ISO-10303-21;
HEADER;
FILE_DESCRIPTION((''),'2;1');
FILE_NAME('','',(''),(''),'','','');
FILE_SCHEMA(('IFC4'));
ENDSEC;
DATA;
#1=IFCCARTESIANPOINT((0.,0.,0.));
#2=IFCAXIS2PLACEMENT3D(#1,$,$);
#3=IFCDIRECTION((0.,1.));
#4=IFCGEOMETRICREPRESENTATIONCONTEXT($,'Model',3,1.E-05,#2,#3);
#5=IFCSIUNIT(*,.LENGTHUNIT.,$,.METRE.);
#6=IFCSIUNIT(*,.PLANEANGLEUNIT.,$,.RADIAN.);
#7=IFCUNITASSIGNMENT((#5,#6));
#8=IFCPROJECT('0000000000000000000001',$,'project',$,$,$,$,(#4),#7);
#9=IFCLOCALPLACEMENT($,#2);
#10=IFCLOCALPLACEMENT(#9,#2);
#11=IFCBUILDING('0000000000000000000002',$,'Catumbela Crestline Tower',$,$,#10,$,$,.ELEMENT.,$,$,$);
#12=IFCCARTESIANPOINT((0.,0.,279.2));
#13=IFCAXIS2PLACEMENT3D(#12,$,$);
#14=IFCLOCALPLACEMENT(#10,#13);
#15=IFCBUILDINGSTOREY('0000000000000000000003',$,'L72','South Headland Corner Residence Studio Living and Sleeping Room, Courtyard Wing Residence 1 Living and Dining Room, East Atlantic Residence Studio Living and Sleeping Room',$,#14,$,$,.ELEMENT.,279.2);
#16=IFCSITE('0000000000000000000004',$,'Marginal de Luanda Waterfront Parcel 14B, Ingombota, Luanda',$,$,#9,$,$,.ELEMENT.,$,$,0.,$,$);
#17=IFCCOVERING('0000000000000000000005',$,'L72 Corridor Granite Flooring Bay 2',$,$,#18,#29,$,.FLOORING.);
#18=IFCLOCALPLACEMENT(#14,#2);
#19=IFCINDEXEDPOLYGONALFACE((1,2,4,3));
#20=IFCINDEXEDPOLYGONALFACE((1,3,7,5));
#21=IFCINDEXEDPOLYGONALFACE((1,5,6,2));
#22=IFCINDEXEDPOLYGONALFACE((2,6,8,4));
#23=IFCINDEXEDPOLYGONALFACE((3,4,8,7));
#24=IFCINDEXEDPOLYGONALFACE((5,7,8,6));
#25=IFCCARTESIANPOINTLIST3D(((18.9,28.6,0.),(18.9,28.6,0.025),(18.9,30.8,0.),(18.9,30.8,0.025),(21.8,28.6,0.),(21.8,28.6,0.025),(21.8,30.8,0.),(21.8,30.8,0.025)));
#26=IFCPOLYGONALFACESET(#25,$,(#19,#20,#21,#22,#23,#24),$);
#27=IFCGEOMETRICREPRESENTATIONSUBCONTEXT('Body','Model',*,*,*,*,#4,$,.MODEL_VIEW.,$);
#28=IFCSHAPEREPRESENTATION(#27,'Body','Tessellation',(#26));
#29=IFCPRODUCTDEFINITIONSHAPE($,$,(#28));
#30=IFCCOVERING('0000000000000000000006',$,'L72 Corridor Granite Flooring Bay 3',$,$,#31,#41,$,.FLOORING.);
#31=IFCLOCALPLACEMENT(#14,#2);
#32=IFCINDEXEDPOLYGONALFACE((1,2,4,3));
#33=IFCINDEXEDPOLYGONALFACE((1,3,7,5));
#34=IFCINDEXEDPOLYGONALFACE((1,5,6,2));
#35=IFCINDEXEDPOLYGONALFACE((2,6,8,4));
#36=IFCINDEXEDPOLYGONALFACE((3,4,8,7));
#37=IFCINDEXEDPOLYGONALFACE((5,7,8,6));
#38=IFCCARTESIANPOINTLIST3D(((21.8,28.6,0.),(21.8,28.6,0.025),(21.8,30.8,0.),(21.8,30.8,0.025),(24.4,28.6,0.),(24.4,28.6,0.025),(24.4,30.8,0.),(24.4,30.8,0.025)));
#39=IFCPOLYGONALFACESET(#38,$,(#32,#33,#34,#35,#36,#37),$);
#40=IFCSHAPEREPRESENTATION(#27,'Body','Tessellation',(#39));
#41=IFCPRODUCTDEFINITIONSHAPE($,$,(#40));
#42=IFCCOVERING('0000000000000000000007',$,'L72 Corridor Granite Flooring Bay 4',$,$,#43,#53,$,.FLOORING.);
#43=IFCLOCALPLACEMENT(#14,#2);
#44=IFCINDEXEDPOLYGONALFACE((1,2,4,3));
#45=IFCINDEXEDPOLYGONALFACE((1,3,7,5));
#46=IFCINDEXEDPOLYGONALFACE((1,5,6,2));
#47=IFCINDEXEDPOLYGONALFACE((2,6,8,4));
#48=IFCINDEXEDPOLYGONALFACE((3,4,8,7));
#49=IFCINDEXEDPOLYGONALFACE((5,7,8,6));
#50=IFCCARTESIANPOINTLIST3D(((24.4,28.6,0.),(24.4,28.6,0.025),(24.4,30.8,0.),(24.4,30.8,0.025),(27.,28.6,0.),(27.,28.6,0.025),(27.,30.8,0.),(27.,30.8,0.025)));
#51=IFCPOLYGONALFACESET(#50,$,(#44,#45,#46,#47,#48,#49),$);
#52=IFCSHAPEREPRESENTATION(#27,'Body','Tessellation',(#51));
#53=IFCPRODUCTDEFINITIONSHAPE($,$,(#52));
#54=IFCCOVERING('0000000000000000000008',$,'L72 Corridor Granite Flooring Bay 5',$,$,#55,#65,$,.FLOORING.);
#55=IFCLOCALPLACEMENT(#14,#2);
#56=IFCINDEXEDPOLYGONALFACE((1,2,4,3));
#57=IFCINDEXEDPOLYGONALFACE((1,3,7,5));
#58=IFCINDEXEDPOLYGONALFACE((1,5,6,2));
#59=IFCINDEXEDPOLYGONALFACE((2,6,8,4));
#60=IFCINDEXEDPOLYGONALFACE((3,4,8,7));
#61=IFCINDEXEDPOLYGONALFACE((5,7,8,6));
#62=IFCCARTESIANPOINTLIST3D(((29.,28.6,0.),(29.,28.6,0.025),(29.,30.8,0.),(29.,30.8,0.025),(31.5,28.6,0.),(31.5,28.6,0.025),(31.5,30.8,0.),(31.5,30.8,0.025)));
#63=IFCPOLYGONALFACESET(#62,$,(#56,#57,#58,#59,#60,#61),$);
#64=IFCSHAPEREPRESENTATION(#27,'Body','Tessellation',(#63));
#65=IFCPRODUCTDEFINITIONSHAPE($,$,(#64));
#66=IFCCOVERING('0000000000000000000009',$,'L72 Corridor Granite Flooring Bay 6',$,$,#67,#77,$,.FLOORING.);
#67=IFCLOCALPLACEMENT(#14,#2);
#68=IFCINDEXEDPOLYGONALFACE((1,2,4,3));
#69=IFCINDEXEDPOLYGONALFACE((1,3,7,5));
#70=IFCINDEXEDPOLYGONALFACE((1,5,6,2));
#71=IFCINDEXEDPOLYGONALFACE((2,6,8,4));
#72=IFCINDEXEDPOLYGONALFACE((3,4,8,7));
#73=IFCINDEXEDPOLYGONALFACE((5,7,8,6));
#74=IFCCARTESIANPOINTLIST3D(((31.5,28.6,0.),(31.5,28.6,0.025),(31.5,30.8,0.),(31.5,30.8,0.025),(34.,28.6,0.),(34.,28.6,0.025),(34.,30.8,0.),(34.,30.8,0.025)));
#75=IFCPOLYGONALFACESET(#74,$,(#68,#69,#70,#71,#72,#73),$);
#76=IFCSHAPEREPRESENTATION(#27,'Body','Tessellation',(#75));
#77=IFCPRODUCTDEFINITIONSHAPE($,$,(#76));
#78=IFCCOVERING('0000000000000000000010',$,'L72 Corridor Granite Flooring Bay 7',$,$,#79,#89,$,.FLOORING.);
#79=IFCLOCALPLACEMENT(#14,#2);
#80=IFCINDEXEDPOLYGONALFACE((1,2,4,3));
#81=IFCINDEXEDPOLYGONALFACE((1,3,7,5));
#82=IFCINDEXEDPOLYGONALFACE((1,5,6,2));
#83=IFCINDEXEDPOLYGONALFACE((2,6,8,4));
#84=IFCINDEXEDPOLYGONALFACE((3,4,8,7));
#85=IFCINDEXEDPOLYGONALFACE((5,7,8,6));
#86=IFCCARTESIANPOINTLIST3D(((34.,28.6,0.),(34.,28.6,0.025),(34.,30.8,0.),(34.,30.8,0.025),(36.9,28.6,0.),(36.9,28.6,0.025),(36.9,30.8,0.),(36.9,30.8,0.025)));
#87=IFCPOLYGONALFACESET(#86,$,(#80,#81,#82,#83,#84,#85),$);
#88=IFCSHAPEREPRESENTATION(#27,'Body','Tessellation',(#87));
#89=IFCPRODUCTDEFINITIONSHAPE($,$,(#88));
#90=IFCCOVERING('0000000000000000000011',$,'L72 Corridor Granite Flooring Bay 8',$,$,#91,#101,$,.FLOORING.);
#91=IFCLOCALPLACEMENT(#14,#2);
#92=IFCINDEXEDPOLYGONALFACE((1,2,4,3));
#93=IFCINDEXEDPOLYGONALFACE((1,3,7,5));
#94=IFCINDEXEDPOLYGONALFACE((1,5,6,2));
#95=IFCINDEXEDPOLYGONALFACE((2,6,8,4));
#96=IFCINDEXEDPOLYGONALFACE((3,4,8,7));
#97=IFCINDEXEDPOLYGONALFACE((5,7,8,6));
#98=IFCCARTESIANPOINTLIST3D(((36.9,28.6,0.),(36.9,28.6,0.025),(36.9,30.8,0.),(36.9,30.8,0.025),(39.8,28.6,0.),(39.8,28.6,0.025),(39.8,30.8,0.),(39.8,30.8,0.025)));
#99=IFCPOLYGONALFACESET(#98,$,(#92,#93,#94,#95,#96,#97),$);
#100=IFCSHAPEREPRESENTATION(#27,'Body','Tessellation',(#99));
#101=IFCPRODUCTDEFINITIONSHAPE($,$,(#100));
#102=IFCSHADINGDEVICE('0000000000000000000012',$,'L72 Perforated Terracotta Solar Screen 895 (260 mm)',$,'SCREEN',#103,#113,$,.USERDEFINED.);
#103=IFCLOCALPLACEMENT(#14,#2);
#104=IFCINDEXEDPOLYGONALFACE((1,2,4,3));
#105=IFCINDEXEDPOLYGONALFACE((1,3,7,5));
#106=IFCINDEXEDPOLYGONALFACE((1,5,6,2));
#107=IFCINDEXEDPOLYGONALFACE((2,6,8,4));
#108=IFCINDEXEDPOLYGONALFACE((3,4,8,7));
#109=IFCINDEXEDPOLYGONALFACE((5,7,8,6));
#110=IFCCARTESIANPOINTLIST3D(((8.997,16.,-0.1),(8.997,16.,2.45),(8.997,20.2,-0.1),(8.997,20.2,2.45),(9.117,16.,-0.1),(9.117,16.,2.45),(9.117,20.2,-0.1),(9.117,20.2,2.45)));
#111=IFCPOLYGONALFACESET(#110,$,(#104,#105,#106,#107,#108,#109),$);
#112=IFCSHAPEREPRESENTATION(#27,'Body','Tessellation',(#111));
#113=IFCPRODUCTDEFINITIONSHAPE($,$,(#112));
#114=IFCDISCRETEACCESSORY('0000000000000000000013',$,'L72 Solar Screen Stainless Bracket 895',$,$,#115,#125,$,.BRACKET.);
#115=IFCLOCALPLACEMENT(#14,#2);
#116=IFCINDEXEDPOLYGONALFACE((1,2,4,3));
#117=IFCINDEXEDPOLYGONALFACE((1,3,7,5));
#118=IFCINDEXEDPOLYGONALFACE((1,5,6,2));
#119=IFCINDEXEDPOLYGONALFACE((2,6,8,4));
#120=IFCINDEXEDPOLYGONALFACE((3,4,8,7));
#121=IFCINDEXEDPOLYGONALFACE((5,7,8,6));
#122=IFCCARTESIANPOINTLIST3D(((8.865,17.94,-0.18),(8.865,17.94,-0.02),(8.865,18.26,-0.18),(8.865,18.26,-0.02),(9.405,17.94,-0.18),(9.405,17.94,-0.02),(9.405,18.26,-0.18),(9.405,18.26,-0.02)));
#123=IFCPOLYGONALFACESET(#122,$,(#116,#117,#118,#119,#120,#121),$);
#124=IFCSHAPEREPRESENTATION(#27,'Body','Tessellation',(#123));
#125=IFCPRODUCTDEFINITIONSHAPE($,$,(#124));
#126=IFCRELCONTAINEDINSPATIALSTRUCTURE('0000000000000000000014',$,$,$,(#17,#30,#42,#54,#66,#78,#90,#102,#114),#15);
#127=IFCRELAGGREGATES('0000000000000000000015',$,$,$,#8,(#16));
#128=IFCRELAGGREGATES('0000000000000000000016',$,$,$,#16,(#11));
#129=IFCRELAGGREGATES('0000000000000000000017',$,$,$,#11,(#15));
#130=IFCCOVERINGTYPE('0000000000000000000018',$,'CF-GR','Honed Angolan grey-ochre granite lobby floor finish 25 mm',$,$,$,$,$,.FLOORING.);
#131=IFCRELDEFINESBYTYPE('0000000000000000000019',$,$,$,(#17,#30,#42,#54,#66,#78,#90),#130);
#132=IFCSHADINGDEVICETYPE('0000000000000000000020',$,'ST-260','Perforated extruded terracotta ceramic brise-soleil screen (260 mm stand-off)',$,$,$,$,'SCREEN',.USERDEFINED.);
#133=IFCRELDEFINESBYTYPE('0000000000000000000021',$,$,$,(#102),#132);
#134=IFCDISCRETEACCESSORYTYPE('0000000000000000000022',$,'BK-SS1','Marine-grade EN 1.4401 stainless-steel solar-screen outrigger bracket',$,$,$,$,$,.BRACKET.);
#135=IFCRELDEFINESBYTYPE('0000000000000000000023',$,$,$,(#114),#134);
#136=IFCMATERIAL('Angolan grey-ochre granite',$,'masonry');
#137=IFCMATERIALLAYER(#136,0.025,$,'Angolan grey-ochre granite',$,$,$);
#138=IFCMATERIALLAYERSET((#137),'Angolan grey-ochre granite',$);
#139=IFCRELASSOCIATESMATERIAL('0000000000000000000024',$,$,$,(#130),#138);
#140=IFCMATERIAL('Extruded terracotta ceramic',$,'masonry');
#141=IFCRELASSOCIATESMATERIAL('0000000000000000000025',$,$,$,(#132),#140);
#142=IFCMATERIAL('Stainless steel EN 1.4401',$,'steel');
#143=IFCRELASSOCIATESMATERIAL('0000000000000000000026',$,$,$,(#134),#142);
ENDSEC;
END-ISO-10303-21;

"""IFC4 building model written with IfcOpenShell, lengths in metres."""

from ifc_helpers import new_model, si_unit, direction, frame, origin, origin_2d, place, context, subcontext, project, spatial, polyline, rectangle, outline, extrude, material, layer, layer_set, type_object, element, save


model = new_model("IFC4")

# Units and contexts
model_context = context("Model", 3, precision=1e-05, world=origin(), true_north=direction((0.0, 1.0)))
body_context = subcontext(model_context, "Body", "Model", "MODEL_VIEW")
ifc_project = project(units=[si_unit("LENGTHUNIT", "METRE"), si_unit("PLANEANGLEUNIT", "RADIAN")], contexts=[model_context])

# Site, building, storey
site_placement = place(None, origin())
site = spatial("IfcSite", under=ifc_project, at=site_placement, Name="Marginal de Luanda Waterfront Parcel 14B, Ingombota, Luanda", CompositionType="ELEMENT", RefElevation=0.0)
building_placement = place(site_placement, origin())
building = spatial("IfcBuilding", under=site, at=building_placement, Name="Catumbela Crestline Tower", CompositionType="ELEMENT")
storey_placement = place(building_placement, frame((0.0, 0.0, 279.2)))
storey = spatial("IfcBuildingStorey", under=building, at=storey_placement, Name="L72", Description="South Headland Corner Residence Studio Living and Sleeping Room, Courtyard Wing Residence 1 Living and Dining Room, East Atlantic Residence Studio Living and Sleeping Room", CompositionType="ELEMENT", Elevation=279.2)

# Shared definitions
ifc_material_1 = material(Name="Angolan grey-ochre granite", Category="masonry")

# Coverings
ifc_layer_1 = layer(ifc_material_1, 0.025, Name="Angolan grey-ochre granite")
ifc_layer_set_1 = layer_set([ifc_layer_1], Name="Angolan grey-ochre granite")
covering_type_1 = type_object("IfcCoveringType", Name="CF-GR", Description="Honed Angolan grey-ochre granite lobby floor finish 25 mm", PredefinedType="FLOORING", material=ifc_layer_set_1)
covering_1_placement = place(storey_placement, origin())
element("IfcCovering", 1, at=covering_1_placement, inside=storey, type_object=covering_type_1, Name="L72 Corridor Granite Flooring Bay 2", PredefinedType="FLOORING", context=body_context, shape_type="SweptSolid", body=[
    extrude(outline(polyline([(18.9, 28.6), (21.8, 28.6), (21.8, 30.8), (18.9, 30.8), (18.9, 28.6)])), origin(), (0.0, 0.0, 1.0), 0.025),
])
covering_2_placement = place(storey_placement, origin())
element("IfcCovering", 2, at=covering_2_placement, inside=storey, type_object=covering_type_1, Name="L72 Corridor Granite Flooring Bay 3", PredefinedType="FLOORING", context=body_context, shape_type="SweptSolid", body=[
    extrude(outline(polyline([(21.8, 28.6), (24.4, 28.6), (24.4, 30.8), (21.8, 30.8), (21.8, 28.6)])), origin(), (0.0, 0.0, 1.0), 0.025),
])
covering_3_placement = place(storey_placement, origin())
element("IfcCovering", 3, at=covering_3_placement, inside=storey, type_object=covering_type_1, Name="L72 Corridor Granite Flooring Bay 4", PredefinedType="FLOORING", context=body_context, shape_type="SweptSolid", body=[
    extrude(outline(polyline([(24.4, 28.6), (27.0, 28.6), (27.0, 30.8), (24.4, 30.8), (24.4, 28.6)])), origin(), (0.0, 0.0, 1.0), 0.025),
])
covering_4_placement = place(storey_placement, origin())
element("IfcCovering", 4, at=covering_4_placement, inside=storey, type_object=covering_type_1, Name="L72 Corridor Granite Flooring Bay 5", PredefinedType="FLOORING", context=body_context, shape_type="SweptSolid", body=[
    extrude(outline(polyline([(29.0, 28.6), (31.5, 28.6), (31.5, 30.8), (29.0, 30.8), (29.0, 28.6)])), origin(), (0.0, 0.0, 1.0), 0.025),
])
covering_5_placement = place(storey_placement, origin())
element("IfcCovering", 5, at=covering_5_placement, inside=storey, type_object=covering_type_1, Name="L72 Corridor Granite Flooring Bay 6", PredefinedType="FLOORING", context=body_context, shape_type="SweptSolid", body=[
    extrude(outline(polyline([(31.5, 28.6), (34.0, 28.6), (34.0, 30.8), (31.5, 30.8), (31.5, 28.6)])), origin(), (0.0, 0.0, 1.0), 0.025),
])
covering_6_placement = place(storey_placement, origin())
element("IfcCovering", 6, at=covering_6_placement, inside=storey, type_object=covering_type_1, Name="L72 Corridor Granite Flooring Bay 7", PredefinedType="FLOORING", context=body_context, shape_type="SweptSolid", body=[
    extrude(outline(polyline([(34.0, 28.6), (36.9, 28.6), (36.9, 30.8), (34.0, 30.8), (34.0, 28.6)])), origin(), (0.0, 0.0, 1.0), 0.025),
])
covering_7_placement = place(storey_placement, origin())
element("IfcCovering", 7, at=covering_7_placement, inside=storey, type_object=covering_type_1, Name="L72 Corridor Granite Flooring Bay 8", PredefinedType="FLOORING", context=body_context, shape_type="SweptSolid", body=[
    extrude(outline(polyline([(36.9, 28.6), (39.8, 28.6), (39.8, 30.8), (36.9, 30.8), (36.9, 28.6)])), origin(), (0.0, 0.0, 1.0), 0.025),
])

# Shading device
ifc_material_2 = material(Name="Extruded terracotta ceramic", Category="masonry")
shading_device_type = type_object("IfcShadingDeviceType", Name="ST-260", Description="Perforated extruded terracotta ceramic brise-soleil screen (260 mm stand-off)", ElementType="SCREEN", PredefinedType="USERDEFINED", material=ifc_material_2)
shading_device_placement = place(storey_placement, frame((9.057, 18.1, -0.1), z_axis=(0.0, 0.0, 1.0), x_axis=(0.0, -1.0, 0.0)))
element("IfcShadingDevice", 8, at=shading_device_placement, inside=storey, type_object=shading_device_type, Name="L72 Perforated Terracotta Solar Screen 895 (260 mm)", ObjectType="SCREEN", PredefinedType="USERDEFINED", context=body_context, shape_type="SweptSolid", body=[
    extrude(rectangle(XDim=4.2, YDim=0.12, at=origin_2d()), origin(), (0.0, 0.0, 1.0), 2.55),
])

# Discrete accessory
ifc_material_3 = material(Name="Stainless steel EN 1.4401", Category="steel")
discrete_accessory_type = type_object("IfcDiscreteAccessoryType", Name="BK-SS1", Description="Marine-grade EN 1.4401 stainless-steel solar-screen outrigger bracket", PredefinedType="BRACKET", material=ifc_material_3)
discrete_accessory_placement = place(storey_placement, frame((9.135, 18.1, -0.18), z_axis=(0.0, 0.0, 1.0), x_axis=(0.0, -1.0, 0.0)))
element("IfcDiscreteAccessory", 9, at=discrete_accessory_placement, inside=storey, type_object=discrete_accessory_type, Name="L72 Solar Screen Stainless Bracket 895", PredefinedType="BRACKET", context=body_context, shape_type="SweptSolid", body=[
    extrude(rectangle(XDim=0.32, YDim=0.54, at=origin_2d()), origin(), (0.0, 0.0, 1.0), 0.16),
])

save(model, "model.ifc")
